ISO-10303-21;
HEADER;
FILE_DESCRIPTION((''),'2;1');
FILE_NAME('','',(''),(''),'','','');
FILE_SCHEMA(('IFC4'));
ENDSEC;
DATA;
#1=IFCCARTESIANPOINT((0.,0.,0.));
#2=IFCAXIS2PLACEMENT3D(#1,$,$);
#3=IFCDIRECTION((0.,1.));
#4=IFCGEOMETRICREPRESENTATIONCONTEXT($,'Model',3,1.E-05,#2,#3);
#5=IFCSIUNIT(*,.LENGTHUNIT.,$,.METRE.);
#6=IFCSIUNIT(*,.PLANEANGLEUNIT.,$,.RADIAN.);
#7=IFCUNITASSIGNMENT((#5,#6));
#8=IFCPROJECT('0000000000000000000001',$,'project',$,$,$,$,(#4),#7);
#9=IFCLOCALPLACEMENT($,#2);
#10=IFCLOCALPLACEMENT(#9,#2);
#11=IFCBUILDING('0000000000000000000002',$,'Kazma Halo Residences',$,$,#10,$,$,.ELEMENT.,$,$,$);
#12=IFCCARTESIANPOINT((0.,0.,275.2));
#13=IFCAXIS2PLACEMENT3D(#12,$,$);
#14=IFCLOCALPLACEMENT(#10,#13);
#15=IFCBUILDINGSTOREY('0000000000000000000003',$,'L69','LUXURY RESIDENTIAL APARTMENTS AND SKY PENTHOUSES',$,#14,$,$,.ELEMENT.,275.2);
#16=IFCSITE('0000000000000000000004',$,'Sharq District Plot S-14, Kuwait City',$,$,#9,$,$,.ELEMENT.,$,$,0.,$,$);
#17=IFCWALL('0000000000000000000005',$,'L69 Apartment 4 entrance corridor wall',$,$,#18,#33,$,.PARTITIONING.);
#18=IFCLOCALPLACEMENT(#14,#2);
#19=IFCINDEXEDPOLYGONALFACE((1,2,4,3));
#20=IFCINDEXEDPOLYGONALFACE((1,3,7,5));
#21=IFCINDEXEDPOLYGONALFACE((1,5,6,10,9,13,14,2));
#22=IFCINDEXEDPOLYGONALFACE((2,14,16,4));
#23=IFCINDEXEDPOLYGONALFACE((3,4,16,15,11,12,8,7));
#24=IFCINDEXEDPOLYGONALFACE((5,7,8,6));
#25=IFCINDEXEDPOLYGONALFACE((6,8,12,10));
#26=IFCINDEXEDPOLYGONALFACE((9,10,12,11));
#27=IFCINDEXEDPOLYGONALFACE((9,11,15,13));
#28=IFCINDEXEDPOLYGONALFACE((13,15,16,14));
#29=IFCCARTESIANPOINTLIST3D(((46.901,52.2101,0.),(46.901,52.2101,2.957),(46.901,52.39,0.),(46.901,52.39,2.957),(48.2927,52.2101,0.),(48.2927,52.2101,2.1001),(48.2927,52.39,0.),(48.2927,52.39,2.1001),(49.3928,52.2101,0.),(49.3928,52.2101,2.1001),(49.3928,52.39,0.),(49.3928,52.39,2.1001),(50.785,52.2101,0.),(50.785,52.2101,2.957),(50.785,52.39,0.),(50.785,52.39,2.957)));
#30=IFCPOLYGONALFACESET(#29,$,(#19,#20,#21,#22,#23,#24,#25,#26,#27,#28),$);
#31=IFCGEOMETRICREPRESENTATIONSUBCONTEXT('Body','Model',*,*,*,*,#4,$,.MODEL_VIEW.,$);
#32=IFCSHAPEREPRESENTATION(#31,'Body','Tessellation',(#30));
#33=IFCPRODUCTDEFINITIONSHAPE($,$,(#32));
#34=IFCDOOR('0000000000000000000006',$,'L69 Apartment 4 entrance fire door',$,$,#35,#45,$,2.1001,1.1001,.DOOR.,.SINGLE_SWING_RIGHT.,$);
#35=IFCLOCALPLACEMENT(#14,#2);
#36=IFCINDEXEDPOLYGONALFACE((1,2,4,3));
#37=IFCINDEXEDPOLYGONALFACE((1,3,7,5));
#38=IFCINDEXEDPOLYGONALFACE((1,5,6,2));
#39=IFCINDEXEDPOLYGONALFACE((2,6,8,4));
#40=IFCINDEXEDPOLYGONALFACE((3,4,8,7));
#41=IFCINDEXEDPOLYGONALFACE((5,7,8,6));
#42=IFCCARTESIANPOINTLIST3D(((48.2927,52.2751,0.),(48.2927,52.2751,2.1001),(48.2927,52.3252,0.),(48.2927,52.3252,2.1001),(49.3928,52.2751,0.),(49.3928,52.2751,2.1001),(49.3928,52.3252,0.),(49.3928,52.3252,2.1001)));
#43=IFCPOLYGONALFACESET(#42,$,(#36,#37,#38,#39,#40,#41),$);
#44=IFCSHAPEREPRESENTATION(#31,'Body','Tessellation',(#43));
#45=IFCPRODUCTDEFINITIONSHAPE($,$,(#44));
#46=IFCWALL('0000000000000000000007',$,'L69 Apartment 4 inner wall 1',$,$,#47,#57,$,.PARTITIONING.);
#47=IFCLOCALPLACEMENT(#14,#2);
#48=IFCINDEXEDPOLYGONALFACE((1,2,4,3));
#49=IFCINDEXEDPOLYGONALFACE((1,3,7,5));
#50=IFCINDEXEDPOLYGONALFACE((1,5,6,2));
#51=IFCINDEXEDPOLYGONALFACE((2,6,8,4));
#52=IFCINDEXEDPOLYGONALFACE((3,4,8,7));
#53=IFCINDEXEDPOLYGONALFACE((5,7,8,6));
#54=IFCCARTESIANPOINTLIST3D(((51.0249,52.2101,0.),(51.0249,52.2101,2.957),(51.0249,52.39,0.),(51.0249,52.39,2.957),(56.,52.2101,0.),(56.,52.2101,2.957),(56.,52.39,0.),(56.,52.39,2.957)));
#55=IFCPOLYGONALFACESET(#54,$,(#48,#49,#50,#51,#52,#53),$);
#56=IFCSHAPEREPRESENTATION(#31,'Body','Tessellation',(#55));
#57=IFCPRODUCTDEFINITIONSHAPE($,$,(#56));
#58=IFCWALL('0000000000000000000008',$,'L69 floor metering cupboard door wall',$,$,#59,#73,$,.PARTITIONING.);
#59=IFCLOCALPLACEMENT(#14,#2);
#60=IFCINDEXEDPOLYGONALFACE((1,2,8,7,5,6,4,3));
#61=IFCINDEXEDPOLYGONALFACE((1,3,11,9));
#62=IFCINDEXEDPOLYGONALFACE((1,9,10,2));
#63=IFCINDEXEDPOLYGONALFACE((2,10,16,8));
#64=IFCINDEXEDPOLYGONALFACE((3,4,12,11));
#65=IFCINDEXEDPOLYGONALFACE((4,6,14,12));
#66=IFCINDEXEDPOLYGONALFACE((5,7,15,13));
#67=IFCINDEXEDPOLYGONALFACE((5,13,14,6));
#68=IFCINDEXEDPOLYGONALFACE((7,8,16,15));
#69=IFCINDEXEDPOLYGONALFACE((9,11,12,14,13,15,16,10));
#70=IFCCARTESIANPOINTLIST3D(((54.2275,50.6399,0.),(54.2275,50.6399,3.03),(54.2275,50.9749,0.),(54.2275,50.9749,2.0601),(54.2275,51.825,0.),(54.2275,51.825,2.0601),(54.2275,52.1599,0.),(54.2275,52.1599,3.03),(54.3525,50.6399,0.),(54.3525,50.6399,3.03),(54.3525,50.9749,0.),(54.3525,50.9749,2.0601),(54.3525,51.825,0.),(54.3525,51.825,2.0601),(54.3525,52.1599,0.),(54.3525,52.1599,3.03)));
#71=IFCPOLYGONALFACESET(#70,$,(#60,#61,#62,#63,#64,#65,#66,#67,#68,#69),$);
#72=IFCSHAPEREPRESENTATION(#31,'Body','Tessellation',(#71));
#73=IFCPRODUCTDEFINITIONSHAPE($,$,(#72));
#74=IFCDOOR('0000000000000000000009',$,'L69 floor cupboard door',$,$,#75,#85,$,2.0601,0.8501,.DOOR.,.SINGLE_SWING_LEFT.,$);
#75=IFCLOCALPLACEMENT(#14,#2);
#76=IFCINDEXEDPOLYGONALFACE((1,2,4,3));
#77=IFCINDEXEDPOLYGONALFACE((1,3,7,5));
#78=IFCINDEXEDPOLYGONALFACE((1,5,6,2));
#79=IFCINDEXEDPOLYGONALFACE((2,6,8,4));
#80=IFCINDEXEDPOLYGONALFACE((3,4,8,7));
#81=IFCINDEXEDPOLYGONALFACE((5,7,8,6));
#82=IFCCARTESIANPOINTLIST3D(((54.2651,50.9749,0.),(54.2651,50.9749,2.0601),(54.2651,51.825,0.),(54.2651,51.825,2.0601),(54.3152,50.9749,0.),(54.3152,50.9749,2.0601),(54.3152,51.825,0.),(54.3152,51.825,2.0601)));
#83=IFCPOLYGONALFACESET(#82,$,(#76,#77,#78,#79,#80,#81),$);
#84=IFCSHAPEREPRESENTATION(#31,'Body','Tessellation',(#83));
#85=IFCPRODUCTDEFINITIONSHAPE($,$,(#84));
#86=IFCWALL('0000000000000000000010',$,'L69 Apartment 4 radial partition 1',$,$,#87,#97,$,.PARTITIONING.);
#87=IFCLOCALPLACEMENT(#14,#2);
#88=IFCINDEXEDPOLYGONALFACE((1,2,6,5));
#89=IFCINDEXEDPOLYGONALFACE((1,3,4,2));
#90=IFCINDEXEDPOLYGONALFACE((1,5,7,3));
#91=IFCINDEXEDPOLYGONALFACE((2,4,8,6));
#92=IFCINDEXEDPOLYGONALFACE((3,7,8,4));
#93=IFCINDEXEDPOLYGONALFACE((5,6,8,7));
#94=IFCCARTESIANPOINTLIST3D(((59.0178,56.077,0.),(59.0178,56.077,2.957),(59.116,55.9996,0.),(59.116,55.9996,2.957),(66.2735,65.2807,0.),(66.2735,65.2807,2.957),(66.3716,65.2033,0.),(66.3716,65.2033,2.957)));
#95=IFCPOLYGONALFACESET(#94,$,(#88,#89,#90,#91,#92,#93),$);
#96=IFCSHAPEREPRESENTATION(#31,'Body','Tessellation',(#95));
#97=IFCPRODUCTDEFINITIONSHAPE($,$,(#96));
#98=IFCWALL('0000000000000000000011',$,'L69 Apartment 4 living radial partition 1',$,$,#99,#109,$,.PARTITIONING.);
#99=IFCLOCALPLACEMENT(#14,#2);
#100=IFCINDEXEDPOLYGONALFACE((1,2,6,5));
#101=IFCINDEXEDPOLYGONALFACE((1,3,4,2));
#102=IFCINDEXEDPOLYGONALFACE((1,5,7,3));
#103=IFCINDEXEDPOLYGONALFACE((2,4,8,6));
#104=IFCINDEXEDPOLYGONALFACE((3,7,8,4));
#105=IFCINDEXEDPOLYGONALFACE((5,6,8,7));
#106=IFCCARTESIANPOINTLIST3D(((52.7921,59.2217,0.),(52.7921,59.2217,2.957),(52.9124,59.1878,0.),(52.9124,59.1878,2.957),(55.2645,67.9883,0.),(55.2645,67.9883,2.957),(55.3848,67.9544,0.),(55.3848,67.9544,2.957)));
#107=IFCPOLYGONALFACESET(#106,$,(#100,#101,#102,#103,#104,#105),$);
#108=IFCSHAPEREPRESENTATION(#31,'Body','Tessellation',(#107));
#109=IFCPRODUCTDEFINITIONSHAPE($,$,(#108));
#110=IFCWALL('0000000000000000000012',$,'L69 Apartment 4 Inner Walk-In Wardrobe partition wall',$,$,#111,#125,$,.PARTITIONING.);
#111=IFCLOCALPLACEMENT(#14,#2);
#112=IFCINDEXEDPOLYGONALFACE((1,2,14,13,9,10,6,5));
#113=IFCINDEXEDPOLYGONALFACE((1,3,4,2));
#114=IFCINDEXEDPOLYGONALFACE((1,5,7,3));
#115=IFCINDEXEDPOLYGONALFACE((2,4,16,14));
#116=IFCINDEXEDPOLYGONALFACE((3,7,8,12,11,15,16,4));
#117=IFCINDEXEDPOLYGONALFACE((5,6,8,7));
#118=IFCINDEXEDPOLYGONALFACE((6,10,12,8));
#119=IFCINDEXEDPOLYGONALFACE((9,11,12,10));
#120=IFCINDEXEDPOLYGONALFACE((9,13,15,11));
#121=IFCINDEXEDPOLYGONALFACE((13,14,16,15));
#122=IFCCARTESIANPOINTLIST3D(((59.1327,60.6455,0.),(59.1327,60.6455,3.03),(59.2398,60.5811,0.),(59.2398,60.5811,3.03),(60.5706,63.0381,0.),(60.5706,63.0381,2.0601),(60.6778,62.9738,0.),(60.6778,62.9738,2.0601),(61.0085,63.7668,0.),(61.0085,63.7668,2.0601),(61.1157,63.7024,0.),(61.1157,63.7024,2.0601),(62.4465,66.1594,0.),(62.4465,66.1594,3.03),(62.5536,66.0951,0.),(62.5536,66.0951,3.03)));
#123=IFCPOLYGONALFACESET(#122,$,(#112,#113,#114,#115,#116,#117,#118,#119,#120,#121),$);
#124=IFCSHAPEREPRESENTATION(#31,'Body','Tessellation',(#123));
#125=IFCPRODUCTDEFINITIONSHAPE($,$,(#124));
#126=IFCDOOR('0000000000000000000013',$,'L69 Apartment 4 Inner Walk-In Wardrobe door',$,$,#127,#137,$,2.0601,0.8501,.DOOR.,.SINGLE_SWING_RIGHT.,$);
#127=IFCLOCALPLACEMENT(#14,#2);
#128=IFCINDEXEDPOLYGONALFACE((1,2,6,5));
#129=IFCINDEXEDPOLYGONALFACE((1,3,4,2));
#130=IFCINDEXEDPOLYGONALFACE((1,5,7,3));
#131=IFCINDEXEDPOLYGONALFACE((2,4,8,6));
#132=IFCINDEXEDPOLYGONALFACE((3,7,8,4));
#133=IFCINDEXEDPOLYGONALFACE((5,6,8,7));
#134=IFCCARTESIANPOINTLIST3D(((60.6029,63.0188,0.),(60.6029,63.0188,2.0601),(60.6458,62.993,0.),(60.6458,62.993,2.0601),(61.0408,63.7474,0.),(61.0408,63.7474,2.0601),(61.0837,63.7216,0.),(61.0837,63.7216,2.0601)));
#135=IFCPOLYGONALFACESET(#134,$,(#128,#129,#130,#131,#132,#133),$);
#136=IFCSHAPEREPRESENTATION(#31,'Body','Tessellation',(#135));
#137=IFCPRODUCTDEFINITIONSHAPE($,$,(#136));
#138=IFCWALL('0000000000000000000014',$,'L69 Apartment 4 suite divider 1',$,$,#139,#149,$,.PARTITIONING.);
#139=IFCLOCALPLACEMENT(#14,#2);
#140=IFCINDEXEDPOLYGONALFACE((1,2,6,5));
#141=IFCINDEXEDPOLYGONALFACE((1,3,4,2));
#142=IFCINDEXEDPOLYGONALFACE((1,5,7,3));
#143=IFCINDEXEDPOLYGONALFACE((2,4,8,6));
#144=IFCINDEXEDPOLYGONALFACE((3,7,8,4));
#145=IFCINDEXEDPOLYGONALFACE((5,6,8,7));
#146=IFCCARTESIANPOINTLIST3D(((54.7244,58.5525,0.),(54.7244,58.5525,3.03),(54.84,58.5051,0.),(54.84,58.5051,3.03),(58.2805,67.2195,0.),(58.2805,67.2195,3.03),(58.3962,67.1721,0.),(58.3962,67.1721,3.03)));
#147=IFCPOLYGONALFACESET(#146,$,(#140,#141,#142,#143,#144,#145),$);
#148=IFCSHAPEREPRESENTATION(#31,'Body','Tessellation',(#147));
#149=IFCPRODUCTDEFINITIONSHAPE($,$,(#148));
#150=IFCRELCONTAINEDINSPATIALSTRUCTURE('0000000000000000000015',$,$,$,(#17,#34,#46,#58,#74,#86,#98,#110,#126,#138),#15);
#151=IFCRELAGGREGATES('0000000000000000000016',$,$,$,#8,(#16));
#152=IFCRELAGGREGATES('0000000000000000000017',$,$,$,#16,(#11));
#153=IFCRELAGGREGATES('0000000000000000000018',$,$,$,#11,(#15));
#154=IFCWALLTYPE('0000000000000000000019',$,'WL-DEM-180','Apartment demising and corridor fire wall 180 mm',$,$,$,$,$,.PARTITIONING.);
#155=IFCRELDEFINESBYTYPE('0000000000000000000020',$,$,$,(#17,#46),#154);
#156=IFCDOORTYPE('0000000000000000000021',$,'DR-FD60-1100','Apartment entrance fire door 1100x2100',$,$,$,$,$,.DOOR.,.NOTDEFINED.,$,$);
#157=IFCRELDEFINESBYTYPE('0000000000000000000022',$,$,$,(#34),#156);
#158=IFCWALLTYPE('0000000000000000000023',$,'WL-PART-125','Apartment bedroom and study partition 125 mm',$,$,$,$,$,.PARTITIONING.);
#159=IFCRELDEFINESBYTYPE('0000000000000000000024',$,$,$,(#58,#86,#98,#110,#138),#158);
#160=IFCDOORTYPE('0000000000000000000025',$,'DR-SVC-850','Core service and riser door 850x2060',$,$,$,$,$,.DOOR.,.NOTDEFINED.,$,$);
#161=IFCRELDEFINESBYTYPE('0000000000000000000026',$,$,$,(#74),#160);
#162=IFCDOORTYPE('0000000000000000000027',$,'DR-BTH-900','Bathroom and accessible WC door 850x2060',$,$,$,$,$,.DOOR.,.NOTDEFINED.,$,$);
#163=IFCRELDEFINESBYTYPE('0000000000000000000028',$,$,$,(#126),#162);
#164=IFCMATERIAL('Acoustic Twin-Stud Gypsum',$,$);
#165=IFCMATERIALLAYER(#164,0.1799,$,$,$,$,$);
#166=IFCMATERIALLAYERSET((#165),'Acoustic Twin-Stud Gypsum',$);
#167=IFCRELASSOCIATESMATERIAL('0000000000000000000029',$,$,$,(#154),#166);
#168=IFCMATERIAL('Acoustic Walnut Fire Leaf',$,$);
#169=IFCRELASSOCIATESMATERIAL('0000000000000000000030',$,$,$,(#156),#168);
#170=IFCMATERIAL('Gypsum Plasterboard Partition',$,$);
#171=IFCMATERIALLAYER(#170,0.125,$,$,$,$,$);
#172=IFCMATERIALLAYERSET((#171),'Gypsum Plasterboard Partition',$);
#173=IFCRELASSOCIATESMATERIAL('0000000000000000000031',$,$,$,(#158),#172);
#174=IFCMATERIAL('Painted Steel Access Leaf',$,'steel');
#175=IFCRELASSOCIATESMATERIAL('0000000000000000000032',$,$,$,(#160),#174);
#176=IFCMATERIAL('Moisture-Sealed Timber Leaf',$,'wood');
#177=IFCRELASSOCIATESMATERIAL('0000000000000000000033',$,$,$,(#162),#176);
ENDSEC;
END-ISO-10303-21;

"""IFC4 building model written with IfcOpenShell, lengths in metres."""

from ifc_helpers import new_model, si_unit, direction, frame, frame_2d, origin, place, context, subcontext, project, spatial, rectangle, extrude, material, layer, layer_set, type_object, element, fill, save


model = new_model("IFC4")

# Units and contexts
model_context = context("Model", 3, precision=1e-05, world=origin(), true_north=direction((0.0, 1.0)))
body_context = subcontext(model_context, "Body", "Model", "MODEL_VIEW")
ifc_project = project(units=[si_unit("LENGTHUNIT", "METRE"), si_unit("PLANEANGLEUNIT", "RADIAN")], contexts=[model_context])

# Site, building, storey
site_placement = place(None, origin())
site = spatial("IfcSite", under=ifc_project, at=site_placement, Name="Sharq District Plot S-14, Kuwait City", CompositionType="ELEMENT", RefElevation=0.0)
building_placement = place(site_placement, origin())
building = spatial("IfcBuilding", under=site, at=building_placement, Name="Kazma Halo Residences", CompositionType="ELEMENT")
storey_placement = place(building_placement, frame((0.0, 0.0, 275.2)))
storey = spatial("IfcBuildingStorey", under=building, at=storey_placement, Name="L69", Description="LUXURY RESIDENTIAL APARTMENTS AND SKY PENTHOUSES", CompositionType="ELEMENT", Elevation=275.2)

# Wall, opening, door
ifc_material_1 = material(Name="Acoustic Twin-Stud Gypsum")
ifc_layer_1 = layer(ifc_material_1, 0.1799)
ifc_layer_set_1 = layer_set([ifc_layer_1], Name="Acoustic Twin-Stud Gypsum")
wall_type_1 = type_object("IfcWallType", Name="WL-DEM-180", Description="Apartment demising and corridor fire wall 180 mm", PredefinedType="PARTITIONING", material=ifc_layer_set_1)
wall_1_placement = place(storey_placement, frame((50.7849, 52.3, 0.0), z_axis=(0.0, 0.0, 1.0), x_axis=(-1.0, 0.0, 0.0)))
wall_1 = element("IfcWall", 1, at=wall_1_placement, inside=storey, type_object=wall_type_1, Name="L69 Apartment 4 entrance corridor wall", PredefinedType="PARTITIONING", context=body_context, shape_type="SweptSolid", body=[
    extrude(rectangle(XDim=3.884, YDim=0.1799, at=frame_2d((1.9419, 0.0))), origin(), (0.0, 0.0, 1.0), 2.957),
])
opening_1_placement = place(wall_1_placement, frame((1.3921, 0.0, 0.0)))
opening_1 = element("IfcOpeningElement", 2, at=opening_1_placement, cuts=wall_1, PredefinedType="OPENING", context=body_context, shape_type="SweptSolid", body=[
    extrude(rectangle(XDim=1.1001, YDim=2.1001, at=frame_2d((0.55, 1.05))), frame((0.0, 0.0999, 0.0), z_axis=(0.0, -1.0, 0.0), x_axis=(1.0, 0.0, 0.0)), (0.0, 0.0, 1.0), 0.2),
])
ifc_material_2 = material(Name="Acoustic Walnut Fire Leaf")
door_type_1 = type_object("IfcDoorType", Name="DR-FD60-1100", Description="Apartment entrance fire door 1100x2100", OperationType="NOTDEFINED", PredefinedType="DOOR", material=ifc_material_2)
door_1_placement = place(opening_1_placement, origin())
door_1 = element("IfcDoor", 3, at=door_1_placement, inside=storey, type_object=door_type_1, Name="L69 Apartment 4 entrance fire door", OperationType="SINGLE_SWING_RIGHT", OverallHeight=2.1001, OverallWidth=1.1001, PredefinedType="DOOR", context=body_context, shape_type="SweptSolid", body=[
    extrude(rectangle(XDim=1.1001, YDim=2.1001, at=frame_2d((0.55, 1.05))), frame((0.0, 0.0249, 0.0), z_axis=(0.0, -1.0, 0.0), x_axis=(1.0, 0.0, 0.0)), (0.0, 0.0, 1.0), 0.05),
])
fill(opening_1, door_1)

# Wall
wall_2_placement = place(storey_placement, frame((56.0, 52.3, 0.0), z_axis=(0.0, 0.0, 1.0), x_axis=(-1.0, 0.0, 0.0)))
element("IfcWall", 4, at=wall_2_placement, inside=storey, type_object=wall_type_1, Name="L69 Apartment 4 inner wall 1", PredefinedType="PARTITIONING", context=body_context, shape_type="SweptSolid", body=[
    extrude(rectangle(XDim=4.9751, YDim=0.1799, at=frame_2d((2.4875, 0.0))), origin(), (0.0, 0.0, 1.0), 2.957),
])

# Wall, opening, door
ifc_material_3 = material(Name="Gypsum Plasterboard Partition")
ifc_layer_2 = layer(ifc_material_3, 0.125)
ifc_layer_set_2 = layer_set([ifc_layer_2], Name="Gypsum Plasterboard Partition")
wall_type_2 = type_object("IfcWallType", Name="WL-PART-125", Description="Apartment bedroom and study partition 125 mm", PredefinedType="PARTITIONING", material=ifc_layer_set_2)
wall_3_placement = place(storey_placement, frame((54.29, 50.6399, 0.0), z_axis=(0.0, 0.0, 1.0), x_axis=(0.0, 1.0, 0.0)))
wall_3 = element("IfcWall", 5, at=wall_3_placement, inside=storey, type_object=wall_type_2, Name="L69 floor metering cupboard door wall", PredefinedType="PARTITIONING", context=body_context, shape_type="SweptSolid", body=[
    extrude(rectangle(XDim=1.52, YDim=0.125, at=frame_2d((0.76, 0.0))), origin(), (0.0, 0.0, 1.0), 3.03),
])
opening_2_placement = place(wall_3_placement, frame((0.335, 0.0, 0.0)))
opening_2 = element("IfcOpeningElement", 6, at=opening_2_placement, cuts=wall_3, PredefinedType="OPENING", context=body_context, shape_type="SweptSolid", body=[
    extrude(rectangle(XDim=0.8501, YDim=2.0601, at=frame_2d((0.425, 1.03))), frame((0.0, 0.0725, 0.0), z_axis=(0.0, -1.0, 0.0), x_axis=(1.0, 0.0, 0.0)), (0.0, 0.0, 1.0), 0.145),
])
ifc_material_4 = material(Name="Painted Steel Access Leaf", Category="steel")
door_type_2 = type_object("IfcDoorType", Name="DR-SVC-850", Description="Core service and riser door 850x2060", OperationType="NOTDEFINED", PredefinedType="DOOR", material=ifc_material_4)
door_2_placement = place(opening_2_placement, origin())
door_2 = element("IfcDoor", 7, at=door_2_placement, inside=storey, type_object=door_type_2, Name="L69 floor cupboard door", OperationType="SINGLE_SWING_LEFT", OverallHeight=2.0601, OverallWidth=0.8501, PredefinedType="DOOR", context=body_context, shape_type="SweptSolid", body=[
    extrude(rectangle(XDim=0.8501, YDim=2.0601, at=frame_2d((0.425, 1.03))), frame((0.0, 0.0249, 0.0), z_axis=(0.0, -1.0, 0.0), x_axis=(1.0, 0.0, 0.0)), (0.0, 0.0, 1.0), 0.05),
])
fill(opening_2, door_2)

# Walls
wall_4_placement = place(storey_placement, frame((59.0669, 56.0383, 0.0), z_axis=(0.0, 0.0, 1.0), x_axis=(0.619098, 0.785314, 0.0)))
element("IfcWall", 8, at=wall_4_placement, inside=storey, type_object=wall_type_2, Name="L69 Apartment 4 radial partition 1", PredefinedType="PARTITIONING", context=body_context, shape_type="SweptSolid", body=[
    extrude(rectangle(XDim=11.7197, YDim=0.125, at=frame_2d((5.8599, 0.0))), origin(), (0.0, 0.0, 1.0), 2.957),
])
wall_5_placement = place(storey_placement, frame((52.8523, 59.2048, 0.0), z_axis=(0.0, 0.0, 1.0), x_axis=(0.271438, 0.962456, 0.0)))
element("IfcWall", 9, at=wall_5_placement, inside=storey, type_object=wall_type_2, Name="L69 Apartment 4 living radial partition 1", PredefinedType="PARTITIONING", context=body_context, shape_type="SweptSolid", body=[
    extrude(rectangle(XDim=9.1086, YDim=0.125, at=frame_2d((4.5542, 0.0))), origin(), (0.0, 0.0, 1.0), 2.957),
])

# Wall, opening, door
wall_6_placement = place(storey_placement, frame((59.1863, 60.6133, 0.0), z_axis=(0.0, 0.0, 1.0), x_axis=(0.51511, 0.857124, 0.0)))
wall_6 = element("IfcWall", 10, at=wall_6_placement, inside=storey, type_object=wall_type_2, Name="L69 Apartment 4 Inner Walk-In Wardrobe partition wall", PredefinedType="PARTITIONING", context=body_context, shape_type="SweptSolid", body=[
    extrude(rectangle(XDim=6.4331, YDim=0.125, at=frame_2d((3.2166, 0.0))), origin(), (0.0, 0.0, 1.0), 3.03),
])
opening_3_placement = place(wall_6_placement, frame((2.7915, 0.0, 0.0)))
opening_3 = element("IfcOpeningElement", 11, at=opening_3_placement, cuts=wall_6, PredefinedType="OPENING", context=body_context, shape_type="SweptSolid", body=[
    extrude(rectangle(XDim=0.8501, YDim=2.0601, at=frame_2d((0.425, 1.03))), frame((0.0, 0.0725, 0.0), z_axis=(0.0, -1.0, 0.0), x_axis=(1.0, 0.0, 0.0)), (0.0, 0.0, 1.0), 0.145),
])
ifc_material_5 = material(Name="Moisture-Sealed Timber Leaf", Category="wood")
door_type_3 = type_object("IfcDoorType", Name="DR-BTH-900", Description="Bathroom and accessible WC door 850x2060", OperationType="NOTDEFINED", PredefinedType="DOOR", material=ifc_material_5)
door_3_placement = place(opening_3_placement, origin())
door_3 = element("IfcDoor", 12, at=door_3_placement, inside=storey, type_object=door_type_3, Name="L69 Apartment 4 Inner Walk-In Wardrobe door", OperationType="SINGLE_SWING_RIGHT", OverallHeight=2.0601, OverallWidth=0.8501, PredefinedType="DOOR", context=body_context, shape_type="SweptSolid", body=[
    extrude(rectangle(XDim=0.8501, YDim=2.0601, at=frame_2d((0.425, 1.03))), frame((0.0, 0.0249, 0.0), z_axis=(0.0, -1.0, 0.0), x_axis=(1.0, 0.0, 0.0)), (0.0, 0.0, 1.0), 0.05),
])
fill(opening_3, door_3)

# Wall
wall_7_placement = place(storey_placement, frame((54.7822, 58.5288, 0.0), z_axis=(0.0, 0.0, 1.0), x_axis=(0.379599, 0.925151, 0.0)))
element("IfcWall", 13, at=wall_7_placement, inside=storey, type_object=wall_type_2, Name="L69 Apartment 4 suite divider 1", PredefinedType="PARTITIONING", context=body_context, shape_type="SweptSolid", body=[
    extrude(rectangle(XDim=9.3682, YDim=0.125, at=frame_2d((4.6841, 0.0))), origin(), (0.0, 0.0, 1.0), 3.03),
])

save(model, "model.ifc")
